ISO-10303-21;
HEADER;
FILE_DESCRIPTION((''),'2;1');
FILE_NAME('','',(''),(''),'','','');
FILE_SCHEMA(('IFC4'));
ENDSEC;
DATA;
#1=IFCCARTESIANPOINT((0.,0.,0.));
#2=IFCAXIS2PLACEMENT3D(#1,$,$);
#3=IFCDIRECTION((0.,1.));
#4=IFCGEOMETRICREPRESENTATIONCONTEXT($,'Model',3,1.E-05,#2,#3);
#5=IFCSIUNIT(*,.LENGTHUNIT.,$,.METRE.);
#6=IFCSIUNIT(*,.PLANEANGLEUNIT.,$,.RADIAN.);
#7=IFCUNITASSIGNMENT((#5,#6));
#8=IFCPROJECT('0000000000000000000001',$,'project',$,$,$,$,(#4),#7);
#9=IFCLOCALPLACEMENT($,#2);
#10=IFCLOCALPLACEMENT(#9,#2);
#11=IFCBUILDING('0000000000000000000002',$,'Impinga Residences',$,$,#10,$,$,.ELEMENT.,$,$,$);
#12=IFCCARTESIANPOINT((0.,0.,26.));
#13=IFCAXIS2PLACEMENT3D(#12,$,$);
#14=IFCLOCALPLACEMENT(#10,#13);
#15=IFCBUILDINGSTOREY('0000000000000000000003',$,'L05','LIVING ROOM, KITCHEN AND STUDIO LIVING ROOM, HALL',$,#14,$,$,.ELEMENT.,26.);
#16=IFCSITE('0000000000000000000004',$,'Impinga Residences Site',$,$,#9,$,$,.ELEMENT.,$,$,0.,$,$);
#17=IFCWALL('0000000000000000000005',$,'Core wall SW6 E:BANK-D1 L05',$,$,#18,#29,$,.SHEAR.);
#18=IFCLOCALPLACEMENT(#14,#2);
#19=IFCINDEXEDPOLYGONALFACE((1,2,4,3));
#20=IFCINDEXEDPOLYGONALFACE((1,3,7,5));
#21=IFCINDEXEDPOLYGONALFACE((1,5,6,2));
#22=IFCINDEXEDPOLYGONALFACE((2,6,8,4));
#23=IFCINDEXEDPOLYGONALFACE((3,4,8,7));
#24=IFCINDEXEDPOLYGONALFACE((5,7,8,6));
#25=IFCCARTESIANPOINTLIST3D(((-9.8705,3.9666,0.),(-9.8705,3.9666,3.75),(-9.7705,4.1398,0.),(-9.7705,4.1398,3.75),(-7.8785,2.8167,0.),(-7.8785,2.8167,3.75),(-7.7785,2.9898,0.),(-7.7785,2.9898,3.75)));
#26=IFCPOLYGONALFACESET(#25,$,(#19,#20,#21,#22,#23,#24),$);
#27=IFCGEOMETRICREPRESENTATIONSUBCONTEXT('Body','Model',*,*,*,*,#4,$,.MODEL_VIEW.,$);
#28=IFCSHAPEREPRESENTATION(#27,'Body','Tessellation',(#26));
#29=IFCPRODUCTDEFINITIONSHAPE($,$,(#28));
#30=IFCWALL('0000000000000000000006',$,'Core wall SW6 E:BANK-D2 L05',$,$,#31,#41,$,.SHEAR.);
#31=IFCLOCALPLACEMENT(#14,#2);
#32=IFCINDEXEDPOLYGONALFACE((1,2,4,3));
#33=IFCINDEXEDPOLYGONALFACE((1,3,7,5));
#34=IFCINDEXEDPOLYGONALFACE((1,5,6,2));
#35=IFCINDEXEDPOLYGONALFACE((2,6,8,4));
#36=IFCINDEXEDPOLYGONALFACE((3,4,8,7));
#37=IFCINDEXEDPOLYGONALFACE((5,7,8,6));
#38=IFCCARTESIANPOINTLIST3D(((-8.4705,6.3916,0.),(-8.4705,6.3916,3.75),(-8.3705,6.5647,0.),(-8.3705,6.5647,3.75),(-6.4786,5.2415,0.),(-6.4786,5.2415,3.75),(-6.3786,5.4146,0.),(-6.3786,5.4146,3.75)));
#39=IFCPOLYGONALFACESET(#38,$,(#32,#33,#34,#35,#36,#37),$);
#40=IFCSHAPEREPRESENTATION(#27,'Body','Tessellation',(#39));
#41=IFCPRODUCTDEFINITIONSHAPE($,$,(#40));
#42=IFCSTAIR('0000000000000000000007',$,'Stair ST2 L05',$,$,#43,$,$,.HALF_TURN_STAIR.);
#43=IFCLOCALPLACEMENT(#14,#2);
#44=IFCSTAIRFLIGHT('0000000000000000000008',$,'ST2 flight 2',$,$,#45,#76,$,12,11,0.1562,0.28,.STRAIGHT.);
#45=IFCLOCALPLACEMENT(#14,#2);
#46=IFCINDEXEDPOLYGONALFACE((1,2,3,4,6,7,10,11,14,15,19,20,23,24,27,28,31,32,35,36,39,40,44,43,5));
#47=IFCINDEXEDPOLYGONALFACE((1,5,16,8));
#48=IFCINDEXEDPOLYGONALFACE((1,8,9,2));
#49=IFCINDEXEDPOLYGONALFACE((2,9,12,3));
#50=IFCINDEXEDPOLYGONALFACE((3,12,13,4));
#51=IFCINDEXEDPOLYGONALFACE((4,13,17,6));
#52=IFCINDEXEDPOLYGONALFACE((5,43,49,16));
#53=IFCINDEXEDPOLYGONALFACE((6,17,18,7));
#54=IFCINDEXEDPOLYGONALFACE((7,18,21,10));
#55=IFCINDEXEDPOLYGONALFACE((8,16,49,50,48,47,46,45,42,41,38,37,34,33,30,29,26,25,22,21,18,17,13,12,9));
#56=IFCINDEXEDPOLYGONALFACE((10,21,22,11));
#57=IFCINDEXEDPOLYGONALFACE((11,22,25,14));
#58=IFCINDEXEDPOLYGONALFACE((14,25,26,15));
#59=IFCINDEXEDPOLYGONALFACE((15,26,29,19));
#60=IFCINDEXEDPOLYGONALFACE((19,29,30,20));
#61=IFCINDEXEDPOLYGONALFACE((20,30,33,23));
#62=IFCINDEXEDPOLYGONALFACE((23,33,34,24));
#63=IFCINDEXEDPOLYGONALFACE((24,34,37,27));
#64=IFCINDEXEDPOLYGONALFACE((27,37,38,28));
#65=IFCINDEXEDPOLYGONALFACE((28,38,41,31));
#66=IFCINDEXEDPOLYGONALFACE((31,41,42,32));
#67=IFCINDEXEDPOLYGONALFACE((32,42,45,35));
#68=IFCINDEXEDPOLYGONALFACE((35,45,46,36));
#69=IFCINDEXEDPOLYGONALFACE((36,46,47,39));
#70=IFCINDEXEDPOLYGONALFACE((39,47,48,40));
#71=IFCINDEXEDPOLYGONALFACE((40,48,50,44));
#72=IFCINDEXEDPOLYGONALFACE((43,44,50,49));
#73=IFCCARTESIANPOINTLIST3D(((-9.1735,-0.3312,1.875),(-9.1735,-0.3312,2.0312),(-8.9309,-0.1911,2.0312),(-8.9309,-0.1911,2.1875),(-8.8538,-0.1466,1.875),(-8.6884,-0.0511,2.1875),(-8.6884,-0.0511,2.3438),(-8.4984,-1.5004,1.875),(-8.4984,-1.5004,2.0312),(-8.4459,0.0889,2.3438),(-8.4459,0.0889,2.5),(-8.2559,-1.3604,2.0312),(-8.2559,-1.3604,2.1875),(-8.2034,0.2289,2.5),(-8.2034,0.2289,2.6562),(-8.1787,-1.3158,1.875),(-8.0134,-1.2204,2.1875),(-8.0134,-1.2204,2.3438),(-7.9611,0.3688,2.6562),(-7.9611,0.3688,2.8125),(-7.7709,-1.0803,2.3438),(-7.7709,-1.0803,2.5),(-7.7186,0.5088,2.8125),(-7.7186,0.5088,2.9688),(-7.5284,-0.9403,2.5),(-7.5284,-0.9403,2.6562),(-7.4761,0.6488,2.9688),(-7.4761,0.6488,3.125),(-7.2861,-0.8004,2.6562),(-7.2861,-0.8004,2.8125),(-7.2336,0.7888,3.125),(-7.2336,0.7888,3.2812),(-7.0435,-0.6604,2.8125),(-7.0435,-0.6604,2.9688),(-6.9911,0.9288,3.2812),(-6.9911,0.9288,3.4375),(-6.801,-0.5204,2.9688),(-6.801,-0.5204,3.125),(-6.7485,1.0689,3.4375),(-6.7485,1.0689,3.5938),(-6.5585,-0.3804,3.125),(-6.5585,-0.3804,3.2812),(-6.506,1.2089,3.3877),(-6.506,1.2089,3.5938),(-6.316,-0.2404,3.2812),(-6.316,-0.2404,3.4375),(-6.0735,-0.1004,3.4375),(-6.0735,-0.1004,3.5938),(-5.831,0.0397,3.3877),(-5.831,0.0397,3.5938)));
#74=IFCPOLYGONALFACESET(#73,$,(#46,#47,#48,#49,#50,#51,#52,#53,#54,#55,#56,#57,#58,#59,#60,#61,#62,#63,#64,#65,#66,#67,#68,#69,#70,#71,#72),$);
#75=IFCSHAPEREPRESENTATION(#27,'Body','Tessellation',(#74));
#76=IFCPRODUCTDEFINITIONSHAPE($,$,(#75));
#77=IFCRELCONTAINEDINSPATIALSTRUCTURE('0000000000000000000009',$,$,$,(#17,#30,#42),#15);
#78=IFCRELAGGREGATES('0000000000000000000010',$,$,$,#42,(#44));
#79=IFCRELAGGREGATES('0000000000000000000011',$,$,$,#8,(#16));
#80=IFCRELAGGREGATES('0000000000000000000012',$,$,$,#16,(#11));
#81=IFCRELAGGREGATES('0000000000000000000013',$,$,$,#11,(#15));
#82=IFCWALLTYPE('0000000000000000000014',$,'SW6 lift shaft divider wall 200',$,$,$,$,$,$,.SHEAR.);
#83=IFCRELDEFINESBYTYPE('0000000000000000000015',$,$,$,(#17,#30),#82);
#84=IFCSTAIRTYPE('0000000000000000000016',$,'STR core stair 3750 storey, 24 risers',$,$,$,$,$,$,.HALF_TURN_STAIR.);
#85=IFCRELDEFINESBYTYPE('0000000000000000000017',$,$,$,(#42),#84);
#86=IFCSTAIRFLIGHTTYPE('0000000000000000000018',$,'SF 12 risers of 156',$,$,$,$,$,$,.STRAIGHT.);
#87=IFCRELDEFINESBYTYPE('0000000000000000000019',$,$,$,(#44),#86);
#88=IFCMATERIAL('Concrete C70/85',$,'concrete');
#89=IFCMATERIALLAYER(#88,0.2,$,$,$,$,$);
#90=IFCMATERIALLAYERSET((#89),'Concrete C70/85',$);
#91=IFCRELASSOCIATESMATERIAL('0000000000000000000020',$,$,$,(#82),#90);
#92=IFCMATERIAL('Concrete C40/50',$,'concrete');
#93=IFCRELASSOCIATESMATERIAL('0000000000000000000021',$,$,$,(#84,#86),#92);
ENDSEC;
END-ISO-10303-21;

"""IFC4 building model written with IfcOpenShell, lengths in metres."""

from ifc_helpers import new_model, si_unit, direction, frame, frame_2d, origin, place, context, subcontext, project, spatial, polyline, rectangle, outline, extrude, material, layer, layer_set, type_object, element, aggregate, save


model = new_model("IFC4")

# Units and contexts
model_context = context("Model", 3, precision=1e-05, world=origin(), true_north=direction((0.0, 1.0)))
body_context = subcontext(model_context, "Body", "Model", "MODEL_VIEW")
ifc_project = project(units=[si_unit("LENGTHUNIT", "METRE"), si_unit("PLANEANGLEUNIT", "RADIAN")], contexts=[model_context])

# Site, building, storey
site_placement = place(None, origin())
site = spatial("IfcSite", under=ifc_project, at=site_placement, Name="Impinga Residences Site", CompositionType="ELEMENT", RefElevation=0.0)
building_placement = place(site_placement, origin())
building = spatial("IfcBuilding", under=site, at=building_placement, Name="Impinga Residences", CompositionType="ELEMENT")
storey_placement = place(building_placement, frame((0.0, 0.0, 26.0)))
storey = spatial("IfcBuildingStorey", under=building, at=storey_placement, Name="L05", Description="LIVING ROOM, KITCHEN AND STUDIO LIVING ROOM, HALL", CompositionType="ELEMENT", Elevation=26.0)

# Shared definitions
ifc_material_1 = material(Name="Concrete C70/85", Category="concrete")

# Walls
ifc_layer_1 = layer(ifc_material_1, 0.2)
ifc_layer_set_1 = layer_set([ifc_layer_1], Name="Concrete C70/85")
wall_type_1 = type_object("IfcWallType", Name="SW6 lift shaft divider wall 200", PredefinedType="SHEAR", material=ifc_layer_set_1)
for number, where, z_axis, x_axis, name in (
    (1, (-7.8286, 2.9033, 0.0), (0.0, 0.0, 1.0), (-0.866053, 0.499952, 0.0), "Core wall SW6 E:BANK-D1 L05"),
    (2, (-6.4287, 5.3281, 0.0), (0.0, 0.0, 1.0), (-0.866007, 0.500032, 0.0), "Core wall SW6 E:BANK-D2 L05"),
):
    element("IfcWall", number, at=place(storey_placement, frame(where, z_axis=z_axis, x_axis=x_axis)), inside=storey, type_object=wall_type_1, Name=name, PredefinedType="SHEAR", context=body_context, shape_type="SweptSolid", body=[
        extrude(rectangle(XDim=2.3, YDim=0.2, at=frame_2d((1.1499, 0.0))), origin(), (0.0, 0.0, 1.0), 3.75),
    ])

# Stair, stair flight
ifc_material_2 = material(Name="Concrete C40/50", Category="concrete")
stair_type = type_object("IfcStairType", Name="STR core stair 3750 storey, 24 risers", PredefinedType="HALF_TURN_STAIR", material=ifc_material_2)
stair_placement = place(storey_placement, origin())
stair = element("IfcStair", 3, at=stair_placement, inside=storey, type_object=stair_type, Name="Stair ST2 L05", PredefinedType="HALF_TURN_STAIR")
stair_flight_type = type_object("IfcStairFlightType", Name="SF 12 risers of 156", PredefinedType="STRAIGHT", material=ifc_material_2)
stair_flight_placement = place(storey_placement, frame((-8.8359, -0.9158, 1.875), z_axis=(0.0, 0.0, 1.0), x_axis=(0.866025, 0.5, 0.0)))
stair_flight = element("IfcStairFlight", 4, at=stair_flight_placement, type_object=stair_flight_type, Name="ST2 flight 2", NumberOfRisers=12, NumberOfTreads=11, PredefinedType="STRAIGHT", RiserHeight=0.1562, TreadLength=0.28, context=body_context, shape_type="SweptSolid", body=[
    extrude(outline(polyline([(0.0, 0.0), (0.0, 0.1562), (0.28, 0.1562), (0.28, 0.3125), (0.5601, 0.3125), (0.5601, 0.4688), (0.8401, 0.4688), (0.8401, 0.625), (1.1201, 0.625), (1.1201, 0.7812), (1.3999, 0.7812), (1.3999, 0.9375), (1.6799, 0.9375), (1.6799, 1.0938), (1.96, 1.0938), (1.96, 1.25), (2.24, 1.25), (2.24, 1.4062), (2.52, 1.4062), (2.52, 1.5625), (2.8, 1.5625), (2.8, 1.7188), (3.0801, 1.7188), (3.0801, 1.875), (3.0801, 1.5127), (0.3691, 0.0), (0.0, 0.0)])), frame((0.0, 0.675, 0.0), z_axis=(0.0, -1.0, 0.0), x_axis=(1.0, 0.0, 0.0)), (0.0, 0.0, 1.0), 1.3501),
])
aggregate(stair, [stair_flight])

save(model, "model.ifc")
